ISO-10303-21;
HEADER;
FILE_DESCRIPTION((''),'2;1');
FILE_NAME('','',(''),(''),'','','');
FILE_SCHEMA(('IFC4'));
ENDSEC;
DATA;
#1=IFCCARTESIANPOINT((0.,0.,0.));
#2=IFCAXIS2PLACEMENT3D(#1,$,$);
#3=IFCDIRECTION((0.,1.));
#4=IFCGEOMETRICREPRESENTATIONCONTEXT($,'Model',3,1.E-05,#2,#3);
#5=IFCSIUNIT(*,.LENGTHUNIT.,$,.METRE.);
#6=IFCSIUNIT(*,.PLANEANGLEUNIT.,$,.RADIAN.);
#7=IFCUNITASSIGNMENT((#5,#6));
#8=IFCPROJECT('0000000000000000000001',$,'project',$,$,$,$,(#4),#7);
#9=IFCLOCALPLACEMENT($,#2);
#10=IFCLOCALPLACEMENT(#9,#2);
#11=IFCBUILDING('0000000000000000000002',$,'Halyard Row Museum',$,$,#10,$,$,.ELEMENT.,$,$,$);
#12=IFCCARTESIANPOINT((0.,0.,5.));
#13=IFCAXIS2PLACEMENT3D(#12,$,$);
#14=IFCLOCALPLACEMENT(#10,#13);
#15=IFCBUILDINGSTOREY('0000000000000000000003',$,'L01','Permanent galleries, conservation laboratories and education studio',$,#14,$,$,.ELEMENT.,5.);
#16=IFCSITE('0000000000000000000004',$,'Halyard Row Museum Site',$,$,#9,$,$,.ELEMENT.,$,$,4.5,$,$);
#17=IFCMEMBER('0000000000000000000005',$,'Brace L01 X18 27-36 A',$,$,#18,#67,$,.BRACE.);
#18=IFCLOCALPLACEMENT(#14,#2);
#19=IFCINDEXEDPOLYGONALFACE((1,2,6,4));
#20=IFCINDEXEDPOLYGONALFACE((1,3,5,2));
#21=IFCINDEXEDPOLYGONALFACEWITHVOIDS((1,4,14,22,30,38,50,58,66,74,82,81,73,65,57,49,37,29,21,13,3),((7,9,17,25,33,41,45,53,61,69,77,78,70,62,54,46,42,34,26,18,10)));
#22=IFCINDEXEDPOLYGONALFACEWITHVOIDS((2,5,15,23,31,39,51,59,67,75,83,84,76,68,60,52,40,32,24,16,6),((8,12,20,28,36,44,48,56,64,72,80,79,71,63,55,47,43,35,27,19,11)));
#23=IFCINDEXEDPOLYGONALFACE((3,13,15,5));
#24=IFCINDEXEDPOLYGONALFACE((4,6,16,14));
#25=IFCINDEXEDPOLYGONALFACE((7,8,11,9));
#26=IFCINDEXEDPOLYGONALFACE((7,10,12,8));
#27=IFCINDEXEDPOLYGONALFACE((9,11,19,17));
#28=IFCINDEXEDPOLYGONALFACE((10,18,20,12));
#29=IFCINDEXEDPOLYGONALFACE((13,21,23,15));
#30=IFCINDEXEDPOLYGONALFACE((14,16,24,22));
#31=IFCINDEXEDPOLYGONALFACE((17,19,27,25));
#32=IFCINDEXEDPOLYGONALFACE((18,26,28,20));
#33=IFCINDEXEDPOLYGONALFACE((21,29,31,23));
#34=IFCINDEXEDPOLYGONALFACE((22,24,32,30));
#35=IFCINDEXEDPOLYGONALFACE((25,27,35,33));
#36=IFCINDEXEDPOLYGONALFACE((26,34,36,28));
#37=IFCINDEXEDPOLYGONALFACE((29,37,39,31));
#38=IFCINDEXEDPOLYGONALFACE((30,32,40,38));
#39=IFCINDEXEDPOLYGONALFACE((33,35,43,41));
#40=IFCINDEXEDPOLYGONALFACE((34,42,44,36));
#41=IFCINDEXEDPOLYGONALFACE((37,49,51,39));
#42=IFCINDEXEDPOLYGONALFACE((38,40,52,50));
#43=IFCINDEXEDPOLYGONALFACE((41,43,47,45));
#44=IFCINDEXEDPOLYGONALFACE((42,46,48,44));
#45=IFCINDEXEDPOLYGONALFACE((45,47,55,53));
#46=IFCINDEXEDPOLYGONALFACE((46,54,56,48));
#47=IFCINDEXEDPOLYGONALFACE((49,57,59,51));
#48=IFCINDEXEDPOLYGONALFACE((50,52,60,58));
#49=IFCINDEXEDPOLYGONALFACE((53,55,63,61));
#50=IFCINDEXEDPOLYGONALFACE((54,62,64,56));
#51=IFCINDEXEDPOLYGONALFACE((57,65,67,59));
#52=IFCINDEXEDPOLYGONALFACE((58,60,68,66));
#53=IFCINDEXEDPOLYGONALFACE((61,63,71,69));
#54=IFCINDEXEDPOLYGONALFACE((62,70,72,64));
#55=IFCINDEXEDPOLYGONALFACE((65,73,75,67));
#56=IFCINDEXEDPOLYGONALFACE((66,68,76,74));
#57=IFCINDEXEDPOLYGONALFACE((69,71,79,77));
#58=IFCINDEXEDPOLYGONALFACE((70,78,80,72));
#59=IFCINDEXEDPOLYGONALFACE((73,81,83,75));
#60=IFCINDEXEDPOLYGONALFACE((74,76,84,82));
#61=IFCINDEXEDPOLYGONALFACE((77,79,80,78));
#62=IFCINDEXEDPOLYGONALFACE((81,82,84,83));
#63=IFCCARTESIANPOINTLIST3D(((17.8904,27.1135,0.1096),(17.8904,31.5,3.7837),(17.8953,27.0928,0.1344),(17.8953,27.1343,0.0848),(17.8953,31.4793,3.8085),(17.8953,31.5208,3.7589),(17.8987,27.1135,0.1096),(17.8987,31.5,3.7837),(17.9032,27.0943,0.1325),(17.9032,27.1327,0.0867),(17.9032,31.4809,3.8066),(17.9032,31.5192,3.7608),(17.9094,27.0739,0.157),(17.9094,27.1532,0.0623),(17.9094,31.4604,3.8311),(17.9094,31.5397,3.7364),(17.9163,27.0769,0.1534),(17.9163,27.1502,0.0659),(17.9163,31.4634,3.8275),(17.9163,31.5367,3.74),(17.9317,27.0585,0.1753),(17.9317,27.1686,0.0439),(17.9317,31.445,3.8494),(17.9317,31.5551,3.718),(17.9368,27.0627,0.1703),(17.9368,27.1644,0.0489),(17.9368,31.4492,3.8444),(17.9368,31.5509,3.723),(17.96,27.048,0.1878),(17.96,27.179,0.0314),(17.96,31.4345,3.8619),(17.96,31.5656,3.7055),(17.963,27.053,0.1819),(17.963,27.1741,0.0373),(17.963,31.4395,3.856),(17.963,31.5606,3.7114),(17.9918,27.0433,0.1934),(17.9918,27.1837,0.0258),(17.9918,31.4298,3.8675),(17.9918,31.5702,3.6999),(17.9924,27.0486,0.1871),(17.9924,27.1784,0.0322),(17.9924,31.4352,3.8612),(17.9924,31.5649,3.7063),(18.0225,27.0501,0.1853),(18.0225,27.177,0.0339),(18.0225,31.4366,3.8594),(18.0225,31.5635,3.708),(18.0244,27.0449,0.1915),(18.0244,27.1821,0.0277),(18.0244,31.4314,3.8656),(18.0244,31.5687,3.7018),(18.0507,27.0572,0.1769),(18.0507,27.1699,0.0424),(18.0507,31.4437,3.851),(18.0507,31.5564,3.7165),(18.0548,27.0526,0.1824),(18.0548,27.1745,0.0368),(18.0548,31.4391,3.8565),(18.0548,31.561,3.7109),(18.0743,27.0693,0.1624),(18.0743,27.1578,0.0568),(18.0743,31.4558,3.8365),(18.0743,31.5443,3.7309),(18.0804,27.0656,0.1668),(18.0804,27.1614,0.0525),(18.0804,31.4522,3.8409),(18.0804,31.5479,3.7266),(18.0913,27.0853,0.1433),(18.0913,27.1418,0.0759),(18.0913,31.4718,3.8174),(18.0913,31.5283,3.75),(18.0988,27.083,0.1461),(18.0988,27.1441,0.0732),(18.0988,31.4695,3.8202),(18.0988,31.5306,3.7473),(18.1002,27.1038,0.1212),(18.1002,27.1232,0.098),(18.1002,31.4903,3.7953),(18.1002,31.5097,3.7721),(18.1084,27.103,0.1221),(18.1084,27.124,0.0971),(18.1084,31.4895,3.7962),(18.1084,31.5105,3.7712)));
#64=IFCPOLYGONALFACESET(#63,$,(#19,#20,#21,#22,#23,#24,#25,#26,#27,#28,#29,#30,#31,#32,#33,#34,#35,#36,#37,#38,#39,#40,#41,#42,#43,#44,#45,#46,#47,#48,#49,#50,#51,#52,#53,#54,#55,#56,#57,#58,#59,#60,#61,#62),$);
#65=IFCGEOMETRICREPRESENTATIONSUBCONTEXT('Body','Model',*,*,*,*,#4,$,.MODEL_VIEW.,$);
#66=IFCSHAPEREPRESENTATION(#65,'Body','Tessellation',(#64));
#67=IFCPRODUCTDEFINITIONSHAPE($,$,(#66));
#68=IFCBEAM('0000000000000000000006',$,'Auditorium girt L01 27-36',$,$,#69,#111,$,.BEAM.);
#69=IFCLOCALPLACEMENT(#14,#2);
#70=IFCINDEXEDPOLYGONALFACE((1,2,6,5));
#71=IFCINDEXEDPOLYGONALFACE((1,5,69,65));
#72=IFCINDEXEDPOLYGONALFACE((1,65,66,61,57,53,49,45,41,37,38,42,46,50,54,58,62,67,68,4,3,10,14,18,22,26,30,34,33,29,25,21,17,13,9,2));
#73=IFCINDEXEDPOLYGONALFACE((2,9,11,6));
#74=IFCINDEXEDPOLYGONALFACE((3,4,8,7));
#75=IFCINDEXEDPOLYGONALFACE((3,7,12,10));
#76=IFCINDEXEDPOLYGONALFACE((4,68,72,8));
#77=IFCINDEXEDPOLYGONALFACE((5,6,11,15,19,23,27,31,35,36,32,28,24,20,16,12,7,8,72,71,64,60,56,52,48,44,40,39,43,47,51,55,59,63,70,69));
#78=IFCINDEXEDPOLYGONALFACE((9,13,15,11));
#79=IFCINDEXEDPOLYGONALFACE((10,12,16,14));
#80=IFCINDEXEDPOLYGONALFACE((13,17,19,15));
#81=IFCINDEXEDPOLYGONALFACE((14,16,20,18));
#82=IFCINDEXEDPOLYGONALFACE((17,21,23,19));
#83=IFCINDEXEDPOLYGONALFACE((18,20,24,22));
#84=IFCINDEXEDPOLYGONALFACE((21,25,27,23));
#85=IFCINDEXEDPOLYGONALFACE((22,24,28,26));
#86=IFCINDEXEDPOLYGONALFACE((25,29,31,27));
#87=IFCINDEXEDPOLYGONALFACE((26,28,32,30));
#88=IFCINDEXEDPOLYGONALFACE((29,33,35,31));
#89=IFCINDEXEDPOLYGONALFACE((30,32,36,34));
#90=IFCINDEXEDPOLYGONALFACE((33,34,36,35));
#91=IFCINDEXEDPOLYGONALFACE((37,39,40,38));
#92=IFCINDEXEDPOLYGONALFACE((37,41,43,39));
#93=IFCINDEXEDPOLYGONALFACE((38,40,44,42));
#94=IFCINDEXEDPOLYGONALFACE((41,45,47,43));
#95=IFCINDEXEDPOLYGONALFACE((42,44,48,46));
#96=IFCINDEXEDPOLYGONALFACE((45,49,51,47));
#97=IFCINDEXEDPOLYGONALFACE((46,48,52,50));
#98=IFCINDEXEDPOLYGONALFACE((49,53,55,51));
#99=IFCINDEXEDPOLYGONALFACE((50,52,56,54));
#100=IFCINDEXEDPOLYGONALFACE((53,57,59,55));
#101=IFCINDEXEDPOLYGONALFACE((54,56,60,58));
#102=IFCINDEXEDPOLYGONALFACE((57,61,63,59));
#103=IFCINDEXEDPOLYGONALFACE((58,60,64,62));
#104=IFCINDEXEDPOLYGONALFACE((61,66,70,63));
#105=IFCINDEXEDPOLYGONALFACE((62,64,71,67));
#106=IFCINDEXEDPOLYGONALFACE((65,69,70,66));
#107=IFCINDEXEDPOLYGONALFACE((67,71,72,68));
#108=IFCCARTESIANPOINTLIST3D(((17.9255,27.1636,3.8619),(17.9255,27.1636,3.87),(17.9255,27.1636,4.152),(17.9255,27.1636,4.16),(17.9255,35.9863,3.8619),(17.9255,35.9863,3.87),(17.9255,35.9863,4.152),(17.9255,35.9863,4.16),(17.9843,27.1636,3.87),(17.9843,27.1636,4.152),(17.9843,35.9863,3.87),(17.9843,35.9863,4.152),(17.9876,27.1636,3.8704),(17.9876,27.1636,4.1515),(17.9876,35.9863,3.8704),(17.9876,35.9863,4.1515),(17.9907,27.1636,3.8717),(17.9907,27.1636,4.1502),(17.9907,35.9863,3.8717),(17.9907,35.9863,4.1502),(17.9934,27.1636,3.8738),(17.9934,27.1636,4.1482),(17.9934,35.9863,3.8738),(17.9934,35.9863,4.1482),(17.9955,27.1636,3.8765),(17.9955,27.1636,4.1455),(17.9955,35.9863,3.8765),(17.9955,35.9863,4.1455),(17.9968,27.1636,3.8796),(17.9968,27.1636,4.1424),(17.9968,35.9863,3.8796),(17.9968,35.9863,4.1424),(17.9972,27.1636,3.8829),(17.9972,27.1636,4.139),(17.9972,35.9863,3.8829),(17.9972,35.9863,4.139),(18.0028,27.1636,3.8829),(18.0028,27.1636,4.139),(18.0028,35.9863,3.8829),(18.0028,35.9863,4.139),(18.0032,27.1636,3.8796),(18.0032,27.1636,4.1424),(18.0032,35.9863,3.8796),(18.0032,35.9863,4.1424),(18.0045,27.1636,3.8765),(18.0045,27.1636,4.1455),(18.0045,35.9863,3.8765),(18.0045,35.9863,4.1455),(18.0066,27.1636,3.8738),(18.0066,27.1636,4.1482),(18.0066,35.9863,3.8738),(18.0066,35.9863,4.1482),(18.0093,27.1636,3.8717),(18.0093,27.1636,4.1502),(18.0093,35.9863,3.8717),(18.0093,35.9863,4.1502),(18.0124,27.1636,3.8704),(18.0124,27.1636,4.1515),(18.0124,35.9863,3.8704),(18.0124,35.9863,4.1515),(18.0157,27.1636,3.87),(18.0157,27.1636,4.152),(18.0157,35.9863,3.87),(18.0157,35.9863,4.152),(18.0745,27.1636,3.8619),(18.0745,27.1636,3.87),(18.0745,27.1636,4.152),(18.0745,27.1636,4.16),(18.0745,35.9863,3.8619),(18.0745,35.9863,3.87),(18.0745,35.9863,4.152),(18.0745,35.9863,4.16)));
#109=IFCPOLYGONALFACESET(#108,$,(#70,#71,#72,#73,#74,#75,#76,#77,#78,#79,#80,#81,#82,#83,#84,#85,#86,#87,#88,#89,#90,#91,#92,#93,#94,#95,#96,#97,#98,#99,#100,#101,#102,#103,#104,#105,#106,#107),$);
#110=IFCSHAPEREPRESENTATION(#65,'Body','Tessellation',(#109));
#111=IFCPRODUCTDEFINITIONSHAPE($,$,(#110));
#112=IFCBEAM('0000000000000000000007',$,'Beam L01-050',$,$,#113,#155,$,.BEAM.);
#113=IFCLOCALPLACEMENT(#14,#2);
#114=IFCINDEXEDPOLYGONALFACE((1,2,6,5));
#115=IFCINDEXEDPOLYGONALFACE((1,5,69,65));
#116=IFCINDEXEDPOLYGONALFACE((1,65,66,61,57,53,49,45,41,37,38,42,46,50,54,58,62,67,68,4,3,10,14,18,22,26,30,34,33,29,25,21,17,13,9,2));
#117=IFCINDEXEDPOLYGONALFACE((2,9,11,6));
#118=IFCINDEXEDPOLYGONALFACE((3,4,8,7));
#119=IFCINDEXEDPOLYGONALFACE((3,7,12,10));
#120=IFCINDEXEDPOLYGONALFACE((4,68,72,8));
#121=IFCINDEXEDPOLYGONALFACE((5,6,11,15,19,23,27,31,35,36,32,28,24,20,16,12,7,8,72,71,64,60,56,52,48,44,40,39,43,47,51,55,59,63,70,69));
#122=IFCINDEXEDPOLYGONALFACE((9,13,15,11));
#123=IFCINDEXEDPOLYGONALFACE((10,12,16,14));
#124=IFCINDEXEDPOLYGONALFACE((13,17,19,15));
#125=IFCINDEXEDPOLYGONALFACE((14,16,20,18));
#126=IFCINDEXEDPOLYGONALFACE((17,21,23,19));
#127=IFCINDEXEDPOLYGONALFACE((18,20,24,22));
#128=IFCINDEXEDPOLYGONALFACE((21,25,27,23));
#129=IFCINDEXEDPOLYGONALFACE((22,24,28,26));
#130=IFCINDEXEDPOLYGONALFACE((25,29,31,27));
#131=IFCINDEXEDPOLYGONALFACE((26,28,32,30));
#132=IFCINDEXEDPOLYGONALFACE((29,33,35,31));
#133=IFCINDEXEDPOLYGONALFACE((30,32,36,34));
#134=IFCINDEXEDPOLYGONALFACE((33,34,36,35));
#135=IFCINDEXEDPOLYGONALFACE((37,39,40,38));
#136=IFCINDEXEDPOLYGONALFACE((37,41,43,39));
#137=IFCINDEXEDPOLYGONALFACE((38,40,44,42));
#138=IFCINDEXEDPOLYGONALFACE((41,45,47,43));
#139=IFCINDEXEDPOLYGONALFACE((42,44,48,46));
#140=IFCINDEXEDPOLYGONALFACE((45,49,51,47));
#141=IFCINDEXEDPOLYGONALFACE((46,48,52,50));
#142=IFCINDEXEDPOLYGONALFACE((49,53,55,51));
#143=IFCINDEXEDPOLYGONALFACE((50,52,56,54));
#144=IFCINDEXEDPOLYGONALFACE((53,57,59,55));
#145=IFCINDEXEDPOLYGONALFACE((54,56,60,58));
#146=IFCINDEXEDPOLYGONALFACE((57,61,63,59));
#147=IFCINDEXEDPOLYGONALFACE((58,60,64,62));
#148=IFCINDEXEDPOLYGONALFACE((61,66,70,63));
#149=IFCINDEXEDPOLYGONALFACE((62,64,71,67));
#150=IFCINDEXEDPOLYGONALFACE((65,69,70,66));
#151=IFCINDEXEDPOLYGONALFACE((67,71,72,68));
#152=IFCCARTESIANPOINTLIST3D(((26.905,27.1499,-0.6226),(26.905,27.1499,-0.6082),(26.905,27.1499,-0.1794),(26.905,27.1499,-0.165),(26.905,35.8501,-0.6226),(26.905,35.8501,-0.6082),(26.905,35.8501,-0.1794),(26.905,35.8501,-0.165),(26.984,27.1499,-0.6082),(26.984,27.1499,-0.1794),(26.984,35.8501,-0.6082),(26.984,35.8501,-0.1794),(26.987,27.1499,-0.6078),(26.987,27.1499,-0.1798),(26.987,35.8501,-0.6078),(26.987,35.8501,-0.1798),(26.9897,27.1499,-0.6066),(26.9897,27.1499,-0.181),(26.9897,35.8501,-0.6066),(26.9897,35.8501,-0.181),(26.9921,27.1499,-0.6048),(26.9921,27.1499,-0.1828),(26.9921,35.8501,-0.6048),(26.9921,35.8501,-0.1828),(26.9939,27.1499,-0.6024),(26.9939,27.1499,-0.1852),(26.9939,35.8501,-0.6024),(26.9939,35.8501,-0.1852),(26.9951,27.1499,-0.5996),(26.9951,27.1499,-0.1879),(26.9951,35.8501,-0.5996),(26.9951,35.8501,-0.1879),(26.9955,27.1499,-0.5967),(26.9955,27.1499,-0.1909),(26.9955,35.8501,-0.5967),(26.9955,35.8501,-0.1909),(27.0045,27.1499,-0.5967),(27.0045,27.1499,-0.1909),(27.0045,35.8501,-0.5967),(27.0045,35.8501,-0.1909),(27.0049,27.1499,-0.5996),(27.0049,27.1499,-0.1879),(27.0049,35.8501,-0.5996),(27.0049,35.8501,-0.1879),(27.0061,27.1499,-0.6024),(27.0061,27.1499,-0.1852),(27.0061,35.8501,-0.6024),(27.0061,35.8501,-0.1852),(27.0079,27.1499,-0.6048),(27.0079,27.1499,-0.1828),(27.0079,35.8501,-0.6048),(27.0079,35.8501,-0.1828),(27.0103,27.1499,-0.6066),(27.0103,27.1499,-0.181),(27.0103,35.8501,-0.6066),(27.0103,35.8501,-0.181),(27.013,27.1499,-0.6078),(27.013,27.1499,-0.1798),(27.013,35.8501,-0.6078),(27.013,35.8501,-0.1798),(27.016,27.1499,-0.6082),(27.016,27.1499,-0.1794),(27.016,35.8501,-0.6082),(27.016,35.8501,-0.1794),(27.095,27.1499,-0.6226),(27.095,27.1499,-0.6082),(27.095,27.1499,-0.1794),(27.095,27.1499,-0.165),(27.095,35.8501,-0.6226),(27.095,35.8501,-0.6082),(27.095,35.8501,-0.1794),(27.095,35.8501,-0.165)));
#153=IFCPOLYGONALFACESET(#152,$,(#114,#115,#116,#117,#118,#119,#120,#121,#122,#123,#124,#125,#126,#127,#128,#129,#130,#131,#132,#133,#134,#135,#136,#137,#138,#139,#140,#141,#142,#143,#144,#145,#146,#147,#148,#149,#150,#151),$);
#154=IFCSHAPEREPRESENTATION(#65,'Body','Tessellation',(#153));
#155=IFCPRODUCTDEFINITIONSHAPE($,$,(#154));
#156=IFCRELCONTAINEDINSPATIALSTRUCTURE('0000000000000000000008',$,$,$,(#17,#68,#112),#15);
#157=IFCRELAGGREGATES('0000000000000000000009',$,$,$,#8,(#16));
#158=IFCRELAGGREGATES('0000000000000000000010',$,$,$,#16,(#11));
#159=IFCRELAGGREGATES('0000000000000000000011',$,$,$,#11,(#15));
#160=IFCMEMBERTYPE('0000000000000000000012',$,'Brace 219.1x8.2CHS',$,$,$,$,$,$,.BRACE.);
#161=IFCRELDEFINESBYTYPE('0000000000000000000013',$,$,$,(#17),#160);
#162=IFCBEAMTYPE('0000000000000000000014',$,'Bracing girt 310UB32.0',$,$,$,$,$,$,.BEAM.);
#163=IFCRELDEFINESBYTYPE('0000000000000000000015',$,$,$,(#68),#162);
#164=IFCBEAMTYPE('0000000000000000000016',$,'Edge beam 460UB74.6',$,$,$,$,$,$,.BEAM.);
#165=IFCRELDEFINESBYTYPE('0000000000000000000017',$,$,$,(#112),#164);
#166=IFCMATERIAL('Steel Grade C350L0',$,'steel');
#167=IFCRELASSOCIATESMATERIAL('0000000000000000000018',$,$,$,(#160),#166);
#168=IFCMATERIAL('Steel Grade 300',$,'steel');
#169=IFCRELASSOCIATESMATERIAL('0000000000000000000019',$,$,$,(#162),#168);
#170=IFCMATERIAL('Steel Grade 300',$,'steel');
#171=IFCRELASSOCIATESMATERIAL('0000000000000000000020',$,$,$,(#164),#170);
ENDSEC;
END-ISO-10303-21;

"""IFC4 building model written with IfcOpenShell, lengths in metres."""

from ifc_helpers import new_model, si_unit, direction, frame, origin, origin_2d, place, context, subcontext, project, spatial, hollow_circle, i_section, extrude, material, material_profile, profile_set, type_object, element, save


model = new_model("IFC4")

# Units and contexts
model_context = context("Model", 3, precision=1e-05, world=origin(), true_north=direction((0.0, 1.0)))
body_context = subcontext(model_context, "Body", "Model", "MODEL_VIEW")
ifc_project = project(units=[si_unit("LENGTHUNIT", "METRE"), si_unit("PLANEANGLEUNIT", "RADIAN")], contexts=[model_context])

# Site, building, storey
site_placement = place(None, origin())
site = spatial("IfcSite", under=ifc_project, at=site_placement, Name="Halyard Row Museum Site", CompositionType="ELEMENT", RefElevation=4.5)
building_placement = place(site_placement, origin())
building = spatial("IfcBuilding", under=site, at=building_placement, Name="Halyard Row Museum", CompositionType="ELEMENT")
storey_placement = place(building_placement, frame((0.0, 0.0, 5.0)))
storey = spatial("IfcBuildingStorey", under=building, at=storey_placement, Name="L01", Description="Permanent galleries, conservation laboratories and education studio", CompositionType="ELEMENT", Elevation=5.0)

# Member
ifc_material_1 = material(Name="Steel Grade C350L0", Category="steel")
ifc_material_profile_1 = material_profile(ifc_material_1, hollow_circle(Radius=0.1096, WallThickness=0.0083, at=origin_2d()), Name="219.1x8.2CHS")
ifc_profile_set_1 = profile_set([ifc_material_profile_1], Name="Steel Grade C350L0")
member_type_1 = type_object("IfcMemberType", Name="Brace 219.1x8.2CHS", PredefinedType="BRACE", material=ifc_profile_set_1)
member_placement = place(storey_placement, frame((18.0, 27.1135, 0.1096), z_axis=(0.0, 0.766614, 0.642109), x_axis=(-1.0, 0.0, 0.0)))
element("IfcMember", 1, at=member_placement, inside=storey, type_object=member_type_1, Name="Brace L01 X18 27-36 A", PredefinedType="BRACE", context=body_context, shape_type="SweptSolid", body=[
    extrude(hollow_circle(Radius=0.1096, WallThickness=0.0083, at=origin_2d()), origin(), (0.0, 0.0, 1.0), 5.7219),
])

# Beams
ifc_material_2 = material(Name="Steel Grade 300", Category="steel")
ifc_material_profile_2 = material_profile(ifc_material_2, i_section(OverallWidth=0.1489, OverallDepth=0.2981, WebThickness=0.0056, FlangeThickness=0.0081, FilletRadius=0.0129, at=origin_2d()), Name="310UB32.0")
ifc_profile_set_2 = profile_set([ifc_material_profile_2], Name="Steel Grade 300")
beam_type_1 = type_object("IfcBeamType", Name="Bracing girt 310UB32.0", PredefinedType="BEAM", material=ifc_profile_set_2)
beam_1_placement = place(storey_placement, frame((18.0, 27.1636, 4.011), z_axis=(0.0, 1.0, 0.0), x_axis=(-1.0, 0.0, 0.0)))
element("IfcBeam", 2, at=beam_1_placement, inside=storey, type_object=beam_type_1, Name="Auditorium girt L01 27-36", PredefinedType="BEAM", context=body_context, shape_type="SweptSolid", body=[
    extrude(i_section(OverallWidth=0.1489, OverallDepth=0.2981, WebThickness=0.0056, FlangeThickness=0.0081, FilletRadius=0.0129, at=origin_2d()), origin(), (0.0, 0.0, 1.0), 8.8228),
])
ifc_material_3 = material(Name="Steel Grade 300", Category="steel")
ifc_material_profile_3 = material_profile(ifc_material_3, i_section(OverallWidth=0.1899, OverallDepth=0.4575, WebThickness=0.009, FlangeThickness=0.0144, FilletRadius=0.0115, at=origin_2d()), Name="460UB74.6")
ifc_profile_set_3 = profile_set([ifc_material_profile_3], Name="Steel Grade 300")
beam_type_2 = type_object("IfcBeamType", Name="Edge beam 460UB74.6", PredefinedType="BEAM", material=ifc_profile_set_3)
beam_2_placement = place(storey_placement, frame((27.0, 27.1499, -0.3938), z_axis=(0.0, 1.0, 0.0), x_axis=(-1.0, 0.0, 0.0)))
element("IfcBeam", 3, at=beam_2_placement, inside=storey, type_object=beam_type_2, Name="Beam L01-050", PredefinedType="BEAM", context=body_context, shape_type="SweptSolid", body=[
    extrude(i_section(OverallWidth=0.1899, OverallDepth=0.4575, WebThickness=0.009, FlangeThickness=0.0144, FilletRadius=0.0115, at=origin_2d()), origin(), (0.0, 0.0, 1.0), 8.7002),
])

save(model, "model.ifc")
